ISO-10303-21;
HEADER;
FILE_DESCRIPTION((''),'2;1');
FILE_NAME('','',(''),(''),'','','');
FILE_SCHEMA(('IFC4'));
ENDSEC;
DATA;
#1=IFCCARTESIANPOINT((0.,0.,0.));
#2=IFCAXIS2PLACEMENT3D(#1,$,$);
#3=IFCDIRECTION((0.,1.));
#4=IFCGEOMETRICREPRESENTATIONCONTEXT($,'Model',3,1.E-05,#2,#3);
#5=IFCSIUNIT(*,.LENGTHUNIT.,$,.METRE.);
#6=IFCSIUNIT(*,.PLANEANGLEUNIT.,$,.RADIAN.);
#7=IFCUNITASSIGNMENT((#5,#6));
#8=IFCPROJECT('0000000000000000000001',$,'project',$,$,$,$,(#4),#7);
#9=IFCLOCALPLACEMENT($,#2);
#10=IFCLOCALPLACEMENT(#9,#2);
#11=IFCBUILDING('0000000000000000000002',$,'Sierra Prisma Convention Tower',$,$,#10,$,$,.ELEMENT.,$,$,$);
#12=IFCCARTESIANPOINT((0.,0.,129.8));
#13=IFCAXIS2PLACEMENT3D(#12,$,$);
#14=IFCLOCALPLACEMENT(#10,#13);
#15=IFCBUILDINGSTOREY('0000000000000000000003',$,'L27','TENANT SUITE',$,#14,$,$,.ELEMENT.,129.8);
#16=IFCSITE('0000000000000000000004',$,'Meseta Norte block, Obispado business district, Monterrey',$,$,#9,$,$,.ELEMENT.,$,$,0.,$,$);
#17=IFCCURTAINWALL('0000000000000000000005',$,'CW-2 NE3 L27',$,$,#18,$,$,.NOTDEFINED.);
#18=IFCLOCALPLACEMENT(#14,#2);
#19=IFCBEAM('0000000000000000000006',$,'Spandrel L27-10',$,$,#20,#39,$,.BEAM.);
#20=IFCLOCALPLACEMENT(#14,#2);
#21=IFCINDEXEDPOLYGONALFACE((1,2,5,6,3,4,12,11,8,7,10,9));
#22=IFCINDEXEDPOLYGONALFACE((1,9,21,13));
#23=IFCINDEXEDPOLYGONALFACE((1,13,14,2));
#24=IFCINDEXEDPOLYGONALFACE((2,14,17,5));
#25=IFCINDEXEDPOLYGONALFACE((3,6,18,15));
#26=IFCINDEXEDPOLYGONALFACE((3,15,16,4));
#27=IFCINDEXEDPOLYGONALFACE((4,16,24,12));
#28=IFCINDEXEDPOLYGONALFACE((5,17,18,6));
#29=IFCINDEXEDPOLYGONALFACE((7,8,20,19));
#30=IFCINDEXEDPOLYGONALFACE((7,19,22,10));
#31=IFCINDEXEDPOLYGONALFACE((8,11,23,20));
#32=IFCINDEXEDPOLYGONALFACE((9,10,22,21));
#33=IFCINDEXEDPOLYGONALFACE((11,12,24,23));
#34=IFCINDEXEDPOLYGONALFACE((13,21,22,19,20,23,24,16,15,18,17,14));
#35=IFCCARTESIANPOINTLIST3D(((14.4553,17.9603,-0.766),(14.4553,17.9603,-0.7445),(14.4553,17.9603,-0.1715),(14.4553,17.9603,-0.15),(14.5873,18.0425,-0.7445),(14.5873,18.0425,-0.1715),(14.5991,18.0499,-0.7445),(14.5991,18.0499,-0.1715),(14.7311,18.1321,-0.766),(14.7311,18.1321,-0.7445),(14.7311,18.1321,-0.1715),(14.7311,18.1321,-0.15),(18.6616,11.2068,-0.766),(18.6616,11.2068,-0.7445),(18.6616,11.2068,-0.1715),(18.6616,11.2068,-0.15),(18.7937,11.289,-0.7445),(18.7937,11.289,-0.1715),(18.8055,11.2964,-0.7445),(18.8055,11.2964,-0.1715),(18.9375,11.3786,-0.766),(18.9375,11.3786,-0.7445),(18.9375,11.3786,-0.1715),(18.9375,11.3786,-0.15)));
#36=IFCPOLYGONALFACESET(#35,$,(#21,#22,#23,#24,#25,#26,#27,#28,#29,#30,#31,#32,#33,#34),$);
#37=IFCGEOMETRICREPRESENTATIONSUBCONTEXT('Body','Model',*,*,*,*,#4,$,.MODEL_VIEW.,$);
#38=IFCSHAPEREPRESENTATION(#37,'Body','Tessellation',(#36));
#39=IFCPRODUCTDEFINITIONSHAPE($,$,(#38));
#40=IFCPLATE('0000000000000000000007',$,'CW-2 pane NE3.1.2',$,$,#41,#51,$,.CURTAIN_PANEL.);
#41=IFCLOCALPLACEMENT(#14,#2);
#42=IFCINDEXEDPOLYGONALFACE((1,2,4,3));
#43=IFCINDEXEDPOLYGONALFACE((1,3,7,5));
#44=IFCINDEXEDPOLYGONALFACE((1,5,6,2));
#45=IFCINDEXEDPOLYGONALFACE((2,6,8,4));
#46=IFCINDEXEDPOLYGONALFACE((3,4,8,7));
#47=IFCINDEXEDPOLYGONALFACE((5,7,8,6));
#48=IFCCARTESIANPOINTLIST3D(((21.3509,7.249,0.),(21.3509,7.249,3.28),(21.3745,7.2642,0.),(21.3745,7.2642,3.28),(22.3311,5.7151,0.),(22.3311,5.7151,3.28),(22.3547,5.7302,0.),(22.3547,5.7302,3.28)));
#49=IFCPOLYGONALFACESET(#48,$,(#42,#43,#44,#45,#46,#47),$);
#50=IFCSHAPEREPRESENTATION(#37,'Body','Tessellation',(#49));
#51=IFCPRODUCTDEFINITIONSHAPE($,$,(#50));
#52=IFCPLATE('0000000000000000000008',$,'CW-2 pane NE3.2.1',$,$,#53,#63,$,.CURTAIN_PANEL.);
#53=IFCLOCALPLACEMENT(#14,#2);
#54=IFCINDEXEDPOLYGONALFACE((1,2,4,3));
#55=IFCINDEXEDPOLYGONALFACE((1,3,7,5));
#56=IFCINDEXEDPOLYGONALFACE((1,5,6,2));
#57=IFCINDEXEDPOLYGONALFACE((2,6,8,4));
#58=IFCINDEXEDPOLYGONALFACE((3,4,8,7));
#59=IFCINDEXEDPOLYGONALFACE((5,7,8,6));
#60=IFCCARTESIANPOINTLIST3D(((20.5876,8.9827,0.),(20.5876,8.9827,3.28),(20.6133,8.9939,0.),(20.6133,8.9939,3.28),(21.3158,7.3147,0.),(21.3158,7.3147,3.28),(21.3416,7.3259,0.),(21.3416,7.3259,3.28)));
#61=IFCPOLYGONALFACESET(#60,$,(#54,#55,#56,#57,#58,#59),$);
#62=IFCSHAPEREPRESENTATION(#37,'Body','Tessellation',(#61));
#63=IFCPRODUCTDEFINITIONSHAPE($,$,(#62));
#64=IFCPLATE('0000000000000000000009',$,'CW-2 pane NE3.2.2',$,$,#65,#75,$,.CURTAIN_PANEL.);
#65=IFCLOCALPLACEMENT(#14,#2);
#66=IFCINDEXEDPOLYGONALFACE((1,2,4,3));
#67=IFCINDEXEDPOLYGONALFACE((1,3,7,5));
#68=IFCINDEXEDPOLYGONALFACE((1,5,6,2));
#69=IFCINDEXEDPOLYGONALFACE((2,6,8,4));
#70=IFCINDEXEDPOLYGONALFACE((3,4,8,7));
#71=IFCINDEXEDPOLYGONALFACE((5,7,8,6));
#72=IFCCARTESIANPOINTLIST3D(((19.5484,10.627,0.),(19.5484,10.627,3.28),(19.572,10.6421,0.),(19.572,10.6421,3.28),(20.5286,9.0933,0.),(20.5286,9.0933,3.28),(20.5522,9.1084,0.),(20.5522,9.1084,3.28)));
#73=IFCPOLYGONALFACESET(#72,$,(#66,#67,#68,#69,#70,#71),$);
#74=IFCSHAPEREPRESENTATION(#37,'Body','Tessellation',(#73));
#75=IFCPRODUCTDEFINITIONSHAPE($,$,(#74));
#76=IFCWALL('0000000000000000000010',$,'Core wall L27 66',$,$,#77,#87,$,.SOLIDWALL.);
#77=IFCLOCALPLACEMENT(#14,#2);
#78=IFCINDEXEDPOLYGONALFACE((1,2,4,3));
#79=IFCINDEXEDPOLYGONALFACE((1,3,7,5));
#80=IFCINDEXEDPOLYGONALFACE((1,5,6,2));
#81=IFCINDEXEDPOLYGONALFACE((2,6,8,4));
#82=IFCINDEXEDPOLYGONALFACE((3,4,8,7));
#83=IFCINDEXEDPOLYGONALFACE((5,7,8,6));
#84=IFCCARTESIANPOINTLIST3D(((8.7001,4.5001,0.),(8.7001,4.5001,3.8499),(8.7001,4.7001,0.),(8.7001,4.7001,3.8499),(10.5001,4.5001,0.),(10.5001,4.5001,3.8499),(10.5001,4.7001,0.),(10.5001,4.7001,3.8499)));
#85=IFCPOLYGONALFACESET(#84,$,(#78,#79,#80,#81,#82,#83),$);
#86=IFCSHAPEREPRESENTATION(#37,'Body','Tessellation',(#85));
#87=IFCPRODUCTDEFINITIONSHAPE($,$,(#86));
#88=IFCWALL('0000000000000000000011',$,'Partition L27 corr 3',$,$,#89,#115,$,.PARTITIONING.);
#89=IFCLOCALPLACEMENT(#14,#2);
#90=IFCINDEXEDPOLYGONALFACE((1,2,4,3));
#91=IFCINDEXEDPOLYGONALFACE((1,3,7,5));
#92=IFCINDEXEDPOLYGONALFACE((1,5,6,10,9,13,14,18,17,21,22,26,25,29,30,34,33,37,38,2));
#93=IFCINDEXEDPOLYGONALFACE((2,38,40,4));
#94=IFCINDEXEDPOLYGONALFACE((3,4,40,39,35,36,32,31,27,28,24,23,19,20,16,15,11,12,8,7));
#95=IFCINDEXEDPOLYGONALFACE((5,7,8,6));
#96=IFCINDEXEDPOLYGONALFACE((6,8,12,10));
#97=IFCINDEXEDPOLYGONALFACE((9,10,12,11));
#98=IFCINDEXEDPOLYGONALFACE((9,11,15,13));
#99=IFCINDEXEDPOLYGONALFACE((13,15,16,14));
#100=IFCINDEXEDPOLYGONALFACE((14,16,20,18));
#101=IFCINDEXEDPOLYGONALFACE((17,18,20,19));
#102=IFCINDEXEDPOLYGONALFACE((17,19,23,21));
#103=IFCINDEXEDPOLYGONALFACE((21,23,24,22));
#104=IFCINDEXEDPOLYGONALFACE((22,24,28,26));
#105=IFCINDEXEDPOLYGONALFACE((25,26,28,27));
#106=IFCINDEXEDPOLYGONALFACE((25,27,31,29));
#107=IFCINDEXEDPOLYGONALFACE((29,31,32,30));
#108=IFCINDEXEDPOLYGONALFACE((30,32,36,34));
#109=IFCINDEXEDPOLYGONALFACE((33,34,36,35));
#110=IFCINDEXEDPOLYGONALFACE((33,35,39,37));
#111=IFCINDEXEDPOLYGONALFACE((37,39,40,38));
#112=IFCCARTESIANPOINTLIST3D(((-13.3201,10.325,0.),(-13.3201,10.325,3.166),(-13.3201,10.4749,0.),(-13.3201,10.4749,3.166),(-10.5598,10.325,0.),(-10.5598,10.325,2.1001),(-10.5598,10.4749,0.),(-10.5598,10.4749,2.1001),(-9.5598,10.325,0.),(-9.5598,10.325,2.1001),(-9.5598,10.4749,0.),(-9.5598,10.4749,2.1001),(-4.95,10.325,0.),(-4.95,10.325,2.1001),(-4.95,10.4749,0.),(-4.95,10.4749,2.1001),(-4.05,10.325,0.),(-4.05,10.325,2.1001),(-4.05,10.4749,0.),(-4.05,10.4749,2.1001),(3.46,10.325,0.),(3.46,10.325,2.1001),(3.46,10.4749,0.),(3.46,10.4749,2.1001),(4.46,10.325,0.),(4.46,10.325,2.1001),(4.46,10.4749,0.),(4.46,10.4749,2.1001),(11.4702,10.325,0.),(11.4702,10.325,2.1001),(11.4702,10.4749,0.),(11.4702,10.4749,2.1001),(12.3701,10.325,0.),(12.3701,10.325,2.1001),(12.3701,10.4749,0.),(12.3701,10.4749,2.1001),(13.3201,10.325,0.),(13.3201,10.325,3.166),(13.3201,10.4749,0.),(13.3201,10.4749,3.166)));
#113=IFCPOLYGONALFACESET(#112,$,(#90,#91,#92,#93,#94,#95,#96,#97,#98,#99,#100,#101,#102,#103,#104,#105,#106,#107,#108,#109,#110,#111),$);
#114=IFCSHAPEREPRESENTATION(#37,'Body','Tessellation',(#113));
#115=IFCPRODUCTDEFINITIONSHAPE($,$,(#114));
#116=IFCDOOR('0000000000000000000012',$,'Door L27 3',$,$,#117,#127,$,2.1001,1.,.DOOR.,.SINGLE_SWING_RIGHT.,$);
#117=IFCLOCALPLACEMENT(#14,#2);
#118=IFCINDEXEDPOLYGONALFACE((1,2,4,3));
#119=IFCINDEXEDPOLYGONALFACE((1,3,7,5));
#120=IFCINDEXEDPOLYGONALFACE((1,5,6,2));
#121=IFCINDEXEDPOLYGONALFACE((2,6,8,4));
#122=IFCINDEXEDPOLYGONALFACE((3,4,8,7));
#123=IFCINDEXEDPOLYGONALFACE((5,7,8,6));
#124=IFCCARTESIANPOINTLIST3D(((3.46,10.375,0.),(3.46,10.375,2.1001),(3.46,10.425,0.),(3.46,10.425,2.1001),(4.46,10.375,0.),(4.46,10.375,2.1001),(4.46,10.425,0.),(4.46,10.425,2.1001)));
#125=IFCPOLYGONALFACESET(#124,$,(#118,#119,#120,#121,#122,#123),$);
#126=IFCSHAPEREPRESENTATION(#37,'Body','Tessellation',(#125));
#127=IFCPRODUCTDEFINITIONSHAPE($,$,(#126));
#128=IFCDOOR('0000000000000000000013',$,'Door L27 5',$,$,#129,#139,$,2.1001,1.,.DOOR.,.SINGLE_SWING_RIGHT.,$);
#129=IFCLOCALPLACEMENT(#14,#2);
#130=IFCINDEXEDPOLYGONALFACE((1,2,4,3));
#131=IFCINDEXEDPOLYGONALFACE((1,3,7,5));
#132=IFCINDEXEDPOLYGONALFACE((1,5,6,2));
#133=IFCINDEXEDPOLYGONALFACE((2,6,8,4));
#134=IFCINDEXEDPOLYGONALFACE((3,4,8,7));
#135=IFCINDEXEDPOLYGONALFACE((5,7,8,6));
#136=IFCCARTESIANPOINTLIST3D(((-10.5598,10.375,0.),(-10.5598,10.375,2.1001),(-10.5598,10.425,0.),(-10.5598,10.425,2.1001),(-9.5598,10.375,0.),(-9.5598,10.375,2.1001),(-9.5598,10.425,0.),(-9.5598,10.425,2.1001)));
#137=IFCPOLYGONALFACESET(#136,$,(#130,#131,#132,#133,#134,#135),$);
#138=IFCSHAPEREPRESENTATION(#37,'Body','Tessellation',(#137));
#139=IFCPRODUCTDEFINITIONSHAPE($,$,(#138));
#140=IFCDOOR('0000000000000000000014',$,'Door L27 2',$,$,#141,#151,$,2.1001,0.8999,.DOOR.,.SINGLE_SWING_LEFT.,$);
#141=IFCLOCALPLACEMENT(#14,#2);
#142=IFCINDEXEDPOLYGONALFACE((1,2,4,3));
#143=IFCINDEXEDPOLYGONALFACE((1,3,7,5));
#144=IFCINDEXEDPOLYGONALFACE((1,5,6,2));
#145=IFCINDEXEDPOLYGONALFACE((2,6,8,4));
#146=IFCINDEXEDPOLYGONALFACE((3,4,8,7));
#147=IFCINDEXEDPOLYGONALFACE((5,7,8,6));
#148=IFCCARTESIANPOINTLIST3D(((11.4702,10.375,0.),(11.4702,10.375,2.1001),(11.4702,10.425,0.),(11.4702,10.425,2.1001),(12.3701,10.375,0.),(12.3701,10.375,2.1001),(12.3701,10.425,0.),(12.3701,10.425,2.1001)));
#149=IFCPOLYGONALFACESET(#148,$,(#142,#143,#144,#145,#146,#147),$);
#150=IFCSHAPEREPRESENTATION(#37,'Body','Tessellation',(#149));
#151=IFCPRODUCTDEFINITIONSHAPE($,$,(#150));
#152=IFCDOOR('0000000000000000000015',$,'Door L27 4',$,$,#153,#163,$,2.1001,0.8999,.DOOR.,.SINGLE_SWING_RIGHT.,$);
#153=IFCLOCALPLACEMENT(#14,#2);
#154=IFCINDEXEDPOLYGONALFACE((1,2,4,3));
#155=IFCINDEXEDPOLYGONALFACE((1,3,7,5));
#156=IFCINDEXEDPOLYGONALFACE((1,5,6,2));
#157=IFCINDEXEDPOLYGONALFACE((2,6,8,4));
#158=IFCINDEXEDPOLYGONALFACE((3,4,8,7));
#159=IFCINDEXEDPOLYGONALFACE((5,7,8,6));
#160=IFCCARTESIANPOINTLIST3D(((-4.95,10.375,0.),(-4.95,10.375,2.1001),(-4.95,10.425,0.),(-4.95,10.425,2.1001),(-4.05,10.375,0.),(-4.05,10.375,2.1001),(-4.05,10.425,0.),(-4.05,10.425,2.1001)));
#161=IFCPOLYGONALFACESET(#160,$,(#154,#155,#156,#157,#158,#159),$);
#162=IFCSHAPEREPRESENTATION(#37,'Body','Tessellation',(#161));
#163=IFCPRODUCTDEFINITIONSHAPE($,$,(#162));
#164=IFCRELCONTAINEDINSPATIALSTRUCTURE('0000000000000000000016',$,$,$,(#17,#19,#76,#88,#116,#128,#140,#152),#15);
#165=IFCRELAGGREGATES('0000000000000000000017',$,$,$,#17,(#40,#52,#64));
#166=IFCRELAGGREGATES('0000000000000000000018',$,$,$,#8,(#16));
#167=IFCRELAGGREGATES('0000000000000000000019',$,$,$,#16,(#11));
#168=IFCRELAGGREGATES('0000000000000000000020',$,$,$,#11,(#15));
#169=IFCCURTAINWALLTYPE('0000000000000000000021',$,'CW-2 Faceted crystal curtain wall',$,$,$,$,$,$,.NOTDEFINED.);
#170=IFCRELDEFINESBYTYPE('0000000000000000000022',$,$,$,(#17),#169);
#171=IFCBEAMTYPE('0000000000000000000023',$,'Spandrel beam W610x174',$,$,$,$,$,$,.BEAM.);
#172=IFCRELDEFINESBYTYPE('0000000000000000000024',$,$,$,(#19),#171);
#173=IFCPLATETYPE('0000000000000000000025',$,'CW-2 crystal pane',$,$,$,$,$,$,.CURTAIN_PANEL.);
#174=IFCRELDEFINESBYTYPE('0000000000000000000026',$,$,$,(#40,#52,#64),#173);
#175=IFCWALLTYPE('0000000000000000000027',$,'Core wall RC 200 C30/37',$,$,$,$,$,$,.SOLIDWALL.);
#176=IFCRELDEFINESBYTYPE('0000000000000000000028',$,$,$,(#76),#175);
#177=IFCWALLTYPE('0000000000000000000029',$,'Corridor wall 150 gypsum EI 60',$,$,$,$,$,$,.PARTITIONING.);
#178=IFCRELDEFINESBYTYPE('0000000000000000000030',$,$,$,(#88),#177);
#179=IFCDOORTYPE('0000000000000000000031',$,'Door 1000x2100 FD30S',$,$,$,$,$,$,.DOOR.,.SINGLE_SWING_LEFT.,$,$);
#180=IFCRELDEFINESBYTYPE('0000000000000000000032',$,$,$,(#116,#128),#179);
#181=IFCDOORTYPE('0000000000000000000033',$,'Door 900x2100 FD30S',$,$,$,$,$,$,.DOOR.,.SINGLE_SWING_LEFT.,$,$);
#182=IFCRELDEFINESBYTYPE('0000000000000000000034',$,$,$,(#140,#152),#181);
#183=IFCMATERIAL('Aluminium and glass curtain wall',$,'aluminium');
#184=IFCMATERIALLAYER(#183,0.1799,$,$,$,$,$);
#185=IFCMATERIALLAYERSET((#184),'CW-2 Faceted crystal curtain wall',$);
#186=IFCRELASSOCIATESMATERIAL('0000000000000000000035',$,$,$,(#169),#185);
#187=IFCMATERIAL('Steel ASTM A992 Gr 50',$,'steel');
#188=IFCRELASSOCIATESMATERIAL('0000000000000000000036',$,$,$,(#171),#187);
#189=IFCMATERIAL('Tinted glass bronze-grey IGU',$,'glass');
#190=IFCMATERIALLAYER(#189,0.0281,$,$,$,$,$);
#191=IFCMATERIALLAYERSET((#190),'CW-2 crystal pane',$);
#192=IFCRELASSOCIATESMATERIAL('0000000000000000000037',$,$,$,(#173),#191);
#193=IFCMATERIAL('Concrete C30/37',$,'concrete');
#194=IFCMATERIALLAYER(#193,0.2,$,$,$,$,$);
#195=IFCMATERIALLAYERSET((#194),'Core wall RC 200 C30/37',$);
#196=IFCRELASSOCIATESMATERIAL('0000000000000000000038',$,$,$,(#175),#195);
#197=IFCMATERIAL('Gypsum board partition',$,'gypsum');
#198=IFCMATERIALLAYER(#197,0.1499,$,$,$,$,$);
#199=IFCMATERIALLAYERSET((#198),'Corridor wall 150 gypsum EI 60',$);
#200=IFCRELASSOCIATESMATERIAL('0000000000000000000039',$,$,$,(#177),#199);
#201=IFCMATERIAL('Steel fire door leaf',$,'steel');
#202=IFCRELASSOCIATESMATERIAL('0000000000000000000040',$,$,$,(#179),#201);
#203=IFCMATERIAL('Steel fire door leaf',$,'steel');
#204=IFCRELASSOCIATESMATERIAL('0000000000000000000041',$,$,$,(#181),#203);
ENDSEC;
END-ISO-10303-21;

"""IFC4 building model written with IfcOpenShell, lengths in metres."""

from ifc_helpers import new_model, si_unit, direction, frame, frame_2d, origin, origin_2d, place, context, subcontext, project, spatial, polyline, rectangle, i_section, outline, extrude, material, layer, layer_set, material_profile, profile_set, type_object, element, fill, aggregate, save


model = new_model("IFC4")

# Units and contexts
model_context = context("Model", 3, precision=1e-05, world=origin(), true_north=direction((0.0, 1.0)))
body_context = subcontext(model_context, "Body", "Model", "MODEL_VIEW")
ifc_project = project(units=[si_unit("LENGTHUNIT", "METRE"), si_unit("PLANEANGLEUNIT", "RADIAN")], contexts=[model_context])

# Site, building, storey
site_placement = place(None, origin())
site = spatial("IfcSite", under=ifc_project, at=site_placement, Name="Meseta Norte block, Obispado business district, Monterrey", CompositionType="ELEMENT", RefElevation=0.0)
building_placement = place(site_placement, origin())
building = spatial("IfcBuilding", under=site, at=building_placement, Name="Sierra Prisma Convention Tower", CompositionType="ELEMENT")
storey_placement = place(building_placement, frame((0.0, 0.0, 129.8)))
storey = spatial("IfcBuildingStorey", under=building, at=storey_placement, Name="L27", Description="TENANT SUITE", CompositionType="ELEMENT", Elevation=129.8)

# Curtain wall
ifc_material_1 = material(Name="Aluminium and glass curtain wall", Category="aluminium")
ifc_layer_1 = layer(ifc_material_1, 0.1799)
ifc_layer_set_1 = layer_set([ifc_layer_1], Name="CW-2 Faceted crystal curtain wall")
curtain_wall_type = type_object("IfcCurtainWallType", Name="CW-2 Faceted crystal curtain wall", PredefinedType="NOTDEFINED", material=ifc_layer_set_1)
curtain_wall_1_placement = place(storey_placement, origin())
curtain_wall_1 = element("IfcCurtainWall", 1, at=curtain_wall_1_placement, inside=storey, type_object=curtain_wall_type, Name="CW-2 NE3 L27", PredefinedType="NOTDEFINED")

# Beam
ifc_material_2 = material(Name="Steel ASTM A992 Gr 50", Category="steel")
ifc_material_profile_1 = material_profile(ifc_material_2, i_section(OverallWidth=0.325, OverallDepth=0.616, WebThickness=0.0139, FlangeThickness=0.0215, at=origin_2d()), Name="W610x174")
ifc_profile_set_1 = profile_set([ifc_material_profile_1], Name="Steel ASTM A992 Gr 50")
beam_type_1 = type_object("IfcBeamType", Name="Spandrel beam W610x174", PredefinedType="BEAM", material=ifc_profile_set_1)
for number, where, z_axis, x_axis, name in (
    (2, (18.7996, 11.2927, -0.458), (-0.52868, 0.848821, 0.0), (-0.848821, -0.52868, 0.0), "Spandrel L27-10"),
):
    element("IfcBeam", number, at=place(storey_placement, frame(where, z_axis=z_axis, x_axis=x_axis)), inside=storey, type_object=beam_type_1, Name=name, PredefinedType="BEAM", context=body_context, shape_type="SweptSolid", body=[
        extrude(i_section(OverallWidth=0.325, OverallDepth=0.616, WebThickness=0.0139, FlangeThickness=0.0215, at=origin_2d()), origin(), (0.0, 0.0, 1.0), 7.9563),
    ])

# Plates
ifc_material_3 = material(Name="Tinted glass bronze-grey IGU", Category="glass")
ifc_layer_2 = layer(ifc_material_3, 0.0281)
ifc_layer_set_2 = layer_set([ifc_layer_2], Name="CW-2 crystal pane")
plate_type = type_object("IfcPlateType", Name="CW-2 crystal pane", PredefinedType="CURTAIN_PANEL", material=ifc_layer_set_2)
plate_1_placement = place(storey_placement, frame((21.3745, 7.2642, 0.0), z_axis=(0.842644, 0.538471, 0.0), x_axis=(0.538471, -0.842644, 0.0)))
plate_1 = element("IfcPlate", 3, at=plate_1_placement, type_object=plate_type, Name="CW-2 pane NE3.1.2", PredefinedType="CURTAIN_PANEL", context=body_context, shape_type="SweptSolid", body=[
    extrude(outline(polyline([(0.0, 0.0), (1.8204, 0.0), (1.8204, -3.28), (0.0, -3.28), (0.0, 0.0)])), origin(), (0.0, 0.0, -1.0), 0.0281),
])
plate_2_placement = place(storey_placement, frame((21.3416, 7.3259, 0.0), z_axis=(0.916453, 0.400143, 0.0), x_axis=(-0.400143, 0.916453, 0.0)))
plate_2 = element("IfcPlate", 4, at=plate_2_placement, type_object=plate_type, Name="CW-2 pane NE3.2.1", PredefinedType="CURTAIN_PANEL", context=body_context, shape_type="SweptSolid", body=[
    extrude(outline(polyline([(0.0, 0.0), (1.82, 0.0), (1.82, 3.28), (0.0, 3.28), (0.0, 0.0)])), origin(), (0.0, 0.0, -1.0), 0.0281),
])
plate_3_placement = place(storey_placement, frame((19.572, 10.6421, 0.0), z_axis=(0.842605, 0.538532, 0.0), x_axis=(0.538532, -0.842605, 0.0)))
plate_3 = element("IfcPlate", 5, at=plate_3_placement, type_object=plate_type, Name="CW-2 pane NE3.2.2", PredefinedType="CURTAIN_PANEL", context=body_context, shape_type="SweptSolid", body=[
    extrude(outline(polyline([(0.0, 0.0), (1.8202, 0.0), (1.8202, -3.28), (0.0, -3.28), (0.0, 0.0)])), origin(), (0.0, 0.0, -1.0), 0.0281),
])
aggregate(curtain_wall_1, [plate_1, plate_2, plate_3])

# Wall
ifc_material_4 = material(Name="Concrete C30/37", Category="concrete")
ifc_layer_3 = layer(ifc_material_4, 0.2)
ifc_layer_set_3 = layer_set([ifc_layer_3], Name="Core wall RC 200 C30/37")
wall_type_1 = type_object("IfcWallType", Name="Core wall RC 200 C30/37", PredefinedType="SOLIDWALL", material=ifc_layer_set_3)
wall_1_placement = place(storey_placement, frame((10.5, 4.6001, 0.0), z_axis=(0.0, 0.0, 1.0), x_axis=(-1.0, 0.0, 0.0)))
element("IfcWall", 6, at=wall_1_placement, inside=storey, type_object=wall_type_1, Name="Core wall L27 66", PredefinedType="SOLIDWALL", context=body_context, shape_type="SweptSolid", body=[
    extrude(rectangle(XDim=1.8, YDim=0.2, at=frame_2d((0.8999, 0.0))), origin(), (0.0, 0.0, 1.0), 3.8499),
])

# Wall, openings, doors
ifc_material_5 = material(Name="Gypsum board partition", Category="gypsum")
ifc_layer_4 = layer(ifc_material_5, 0.1499)
ifc_layer_set_4 = layer_set([ifc_layer_4], Name="Corridor wall 150 gypsum EI 60")
wall_type_2 = type_object("IfcWallType", Name="Corridor wall 150 gypsum EI 60", PredefinedType="PARTITIONING", material=ifc_layer_set_4)
wall_2_placement = place(storey_placement, frame((13.3201, 10.3999, 0.0), z_axis=(0.0, 0.0, 1.0), x_axis=(-1.0, 0.0, 0.0)))
wall_2 = element("IfcWall", 7, at=wall_2_placement, inside=storey, type_object=wall_type_2, Name="Partition L27 corr 3", PredefinedType="PARTITIONING", context=body_context, shape_type="SweptSolid", body=[
    extrude(rectangle(XDim=26.6401, YDim=0.1499, at=frame_2d((13.3201, 0.0))), origin(), (0.0, 0.0, 1.0), 3.166),
])
opening_1_placement = place(wall_2_placement, frame((0.95, 0.0, 0.0)))
opening_1 = element("IfcOpeningElement", 8, at=opening_1_placement, cuts=wall_2, PredefinedType="OPENING", context=body_context, shape_type="SweptSolid", body=[
    extrude(rectangle(XDim=0.8999, YDim=2.1001, at=frame_2d((0.45, 1.05))), frame((0.0, 0.075, 0.0), z_axis=(0.0, -1.0, 0.0), x_axis=(1.0, 0.0, 0.0)), (0.0, 0.0, 1.0), 0.1499),
])
opening_2_placement = place(wall_2_placement, frame((8.8601, 0.0, 0.0)))
opening_2 = element("IfcOpeningElement", 9, at=opening_2_placement, cuts=wall_2, PredefinedType="OPENING", context=body_context, shape_type="SweptSolid", body=[
    extrude(rectangle(XDim=1.0, YDim=2.1001, at=frame_2d((0.5, 1.05))), frame((0.0, 0.075, 0.0), z_axis=(0.0, -1.0, 0.0), x_axis=(1.0, 0.0, 0.0)), (0.0, 0.0, 1.0), 0.1499),
])
opening_3_placement = place(wall_2_placement, frame((17.3701, 0.0, 0.0)))
opening_3 = element("IfcOpeningElement", 10, at=opening_3_placement, cuts=wall_2, PredefinedType="OPENING", context=body_context, shape_type="SweptSolid", body=[
    extrude(rectangle(XDim=0.8999, YDim=2.1001, at=frame_2d((0.45, 1.05))), frame((0.0, 0.075, 0.0), z_axis=(0.0, -1.0, 0.0), x_axis=(1.0, 0.0, 0.0)), (0.0, 0.0, 1.0), 0.1499),
])
opening_4_placement = place(wall_2_placement, frame((22.8799, 0.0, 0.0)))
opening_4 = element("IfcOpeningElement", 11, at=opening_4_placement, cuts=wall_2, PredefinedType="OPENING", context=body_context, shape_type="SweptSolid", body=[
    extrude(rectangle(XDim=1.0, YDim=2.1001, at=frame_2d((0.5, 1.05))), frame((0.0, 0.075, 0.0), z_axis=(0.0, -1.0, 0.0), x_axis=(1.0, 0.0, 0.0)), (0.0, 0.0, 1.0), 0.1499),
])
ifc_material_6 = material(Name="Steel fire door leaf", Category="steel")
door_type_1 = type_object("IfcDoorType", Name="Door 1000x2100 FD30S", OperationType="SINGLE_SWING_LEFT", PredefinedType="DOOR", material=ifc_material_6)
door_1_placement = place(opening_2_placement, origin())
door_1 = element("IfcDoor", 12, at=door_1_placement, inside=storey, type_object=door_type_1, Name="Door L27 3", OperationType="SINGLE_SWING_RIGHT", OverallHeight=2.1001, OverallWidth=1.0, PredefinedType="DOOR", context=body_context, shape_type="SweptSolid", body=[
    extrude(rectangle(XDim=1.0, YDim=2.1001, at=frame_2d((0.5, 1.05))), frame((0.0, 0.0249, 0.0), z_axis=(0.0, -1.0, 0.0), x_axis=(1.0, 0.0, 0.0)), (0.0, 0.0, 1.0), 0.05),
])
fill(opening_2, door_1)
door_2_placement = place(opening_4_placement, origin())
door_2 = element("IfcDoor", 13, at=door_2_placement, inside=storey, type_object=door_type_1, Name="Door L27 5", OperationType="SINGLE_SWING_RIGHT", OverallHeight=2.1001, OverallWidth=1.0, PredefinedType="DOOR", context=body_context, shape_type="SweptSolid", body=[
    extrude(rectangle(XDim=1.0, YDim=2.1001, at=frame_2d((0.5, 1.05))), frame((0.0, 0.0249, 0.0), z_axis=(0.0, -1.0, 0.0), x_axis=(1.0, 0.0, 0.0)), (0.0, 0.0, 1.0), 0.05),
])
fill(opening_4, door_2)
ifc_material_7 = material(Name="Steel fire door leaf", Category="steel")
door_type_2 = type_object("IfcDoorType", Name="Door 900x2100 FD30S", OperationType="SINGLE_SWING_LEFT", PredefinedType="DOOR", material=ifc_material_7)
door_3_placement = place(opening_1_placement, origin())
door_3 = element("IfcDoor", 14, at=door_3_placement, inside=storey, type_object=door_type_2, Name="Door L27 2", OperationType="SINGLE_SWING_LEFT", OverallHeight=2.1001, OverallWidth=0.8999, PredefinedType="DOOR", context=body_context, shape_type="SweptSolid", body=[
    extrude(rectangle(XDim=0.8999, YDim=2.1001, at=frame_2d((0.45, 1.05))), frame((0.0, 0.0249, 0.0), z_axis=(0.0, -1.0, 0.0), x_axis=(1.0, 0.0, 0.0)), (0.0, 0.0, 1.0), 0.05),
])
fill(opening_1, door_3)
door_4_placement = place(opening_3_placement, origin())
door_4 = element("IfcDoor", 15, at=door_4_placement, inside=storey, type_object=door_type_2, Name="Door L27 4", OperationType="SINGLE_SWING_RIGHT", OverallHeight=2.1001, OverallWidth=0.8999, PredefinedType="DOOR", context=body_context, shape_type="SweptSolid", body=[
    extrude(rectangle(XDim=0.8999, YDim=2.1001, at=frame_2d((0.45, 1.05))), frame((0.0, 0.0249, 0.0), z_axis=(0.0, -1.0, 0.0), x_axis=(1.0, 0.0, 0.0)), (0.0, 0.0, 1.0), 0.05),
])
fill(opening_3, door_4)

save(model, "model.ifc")
